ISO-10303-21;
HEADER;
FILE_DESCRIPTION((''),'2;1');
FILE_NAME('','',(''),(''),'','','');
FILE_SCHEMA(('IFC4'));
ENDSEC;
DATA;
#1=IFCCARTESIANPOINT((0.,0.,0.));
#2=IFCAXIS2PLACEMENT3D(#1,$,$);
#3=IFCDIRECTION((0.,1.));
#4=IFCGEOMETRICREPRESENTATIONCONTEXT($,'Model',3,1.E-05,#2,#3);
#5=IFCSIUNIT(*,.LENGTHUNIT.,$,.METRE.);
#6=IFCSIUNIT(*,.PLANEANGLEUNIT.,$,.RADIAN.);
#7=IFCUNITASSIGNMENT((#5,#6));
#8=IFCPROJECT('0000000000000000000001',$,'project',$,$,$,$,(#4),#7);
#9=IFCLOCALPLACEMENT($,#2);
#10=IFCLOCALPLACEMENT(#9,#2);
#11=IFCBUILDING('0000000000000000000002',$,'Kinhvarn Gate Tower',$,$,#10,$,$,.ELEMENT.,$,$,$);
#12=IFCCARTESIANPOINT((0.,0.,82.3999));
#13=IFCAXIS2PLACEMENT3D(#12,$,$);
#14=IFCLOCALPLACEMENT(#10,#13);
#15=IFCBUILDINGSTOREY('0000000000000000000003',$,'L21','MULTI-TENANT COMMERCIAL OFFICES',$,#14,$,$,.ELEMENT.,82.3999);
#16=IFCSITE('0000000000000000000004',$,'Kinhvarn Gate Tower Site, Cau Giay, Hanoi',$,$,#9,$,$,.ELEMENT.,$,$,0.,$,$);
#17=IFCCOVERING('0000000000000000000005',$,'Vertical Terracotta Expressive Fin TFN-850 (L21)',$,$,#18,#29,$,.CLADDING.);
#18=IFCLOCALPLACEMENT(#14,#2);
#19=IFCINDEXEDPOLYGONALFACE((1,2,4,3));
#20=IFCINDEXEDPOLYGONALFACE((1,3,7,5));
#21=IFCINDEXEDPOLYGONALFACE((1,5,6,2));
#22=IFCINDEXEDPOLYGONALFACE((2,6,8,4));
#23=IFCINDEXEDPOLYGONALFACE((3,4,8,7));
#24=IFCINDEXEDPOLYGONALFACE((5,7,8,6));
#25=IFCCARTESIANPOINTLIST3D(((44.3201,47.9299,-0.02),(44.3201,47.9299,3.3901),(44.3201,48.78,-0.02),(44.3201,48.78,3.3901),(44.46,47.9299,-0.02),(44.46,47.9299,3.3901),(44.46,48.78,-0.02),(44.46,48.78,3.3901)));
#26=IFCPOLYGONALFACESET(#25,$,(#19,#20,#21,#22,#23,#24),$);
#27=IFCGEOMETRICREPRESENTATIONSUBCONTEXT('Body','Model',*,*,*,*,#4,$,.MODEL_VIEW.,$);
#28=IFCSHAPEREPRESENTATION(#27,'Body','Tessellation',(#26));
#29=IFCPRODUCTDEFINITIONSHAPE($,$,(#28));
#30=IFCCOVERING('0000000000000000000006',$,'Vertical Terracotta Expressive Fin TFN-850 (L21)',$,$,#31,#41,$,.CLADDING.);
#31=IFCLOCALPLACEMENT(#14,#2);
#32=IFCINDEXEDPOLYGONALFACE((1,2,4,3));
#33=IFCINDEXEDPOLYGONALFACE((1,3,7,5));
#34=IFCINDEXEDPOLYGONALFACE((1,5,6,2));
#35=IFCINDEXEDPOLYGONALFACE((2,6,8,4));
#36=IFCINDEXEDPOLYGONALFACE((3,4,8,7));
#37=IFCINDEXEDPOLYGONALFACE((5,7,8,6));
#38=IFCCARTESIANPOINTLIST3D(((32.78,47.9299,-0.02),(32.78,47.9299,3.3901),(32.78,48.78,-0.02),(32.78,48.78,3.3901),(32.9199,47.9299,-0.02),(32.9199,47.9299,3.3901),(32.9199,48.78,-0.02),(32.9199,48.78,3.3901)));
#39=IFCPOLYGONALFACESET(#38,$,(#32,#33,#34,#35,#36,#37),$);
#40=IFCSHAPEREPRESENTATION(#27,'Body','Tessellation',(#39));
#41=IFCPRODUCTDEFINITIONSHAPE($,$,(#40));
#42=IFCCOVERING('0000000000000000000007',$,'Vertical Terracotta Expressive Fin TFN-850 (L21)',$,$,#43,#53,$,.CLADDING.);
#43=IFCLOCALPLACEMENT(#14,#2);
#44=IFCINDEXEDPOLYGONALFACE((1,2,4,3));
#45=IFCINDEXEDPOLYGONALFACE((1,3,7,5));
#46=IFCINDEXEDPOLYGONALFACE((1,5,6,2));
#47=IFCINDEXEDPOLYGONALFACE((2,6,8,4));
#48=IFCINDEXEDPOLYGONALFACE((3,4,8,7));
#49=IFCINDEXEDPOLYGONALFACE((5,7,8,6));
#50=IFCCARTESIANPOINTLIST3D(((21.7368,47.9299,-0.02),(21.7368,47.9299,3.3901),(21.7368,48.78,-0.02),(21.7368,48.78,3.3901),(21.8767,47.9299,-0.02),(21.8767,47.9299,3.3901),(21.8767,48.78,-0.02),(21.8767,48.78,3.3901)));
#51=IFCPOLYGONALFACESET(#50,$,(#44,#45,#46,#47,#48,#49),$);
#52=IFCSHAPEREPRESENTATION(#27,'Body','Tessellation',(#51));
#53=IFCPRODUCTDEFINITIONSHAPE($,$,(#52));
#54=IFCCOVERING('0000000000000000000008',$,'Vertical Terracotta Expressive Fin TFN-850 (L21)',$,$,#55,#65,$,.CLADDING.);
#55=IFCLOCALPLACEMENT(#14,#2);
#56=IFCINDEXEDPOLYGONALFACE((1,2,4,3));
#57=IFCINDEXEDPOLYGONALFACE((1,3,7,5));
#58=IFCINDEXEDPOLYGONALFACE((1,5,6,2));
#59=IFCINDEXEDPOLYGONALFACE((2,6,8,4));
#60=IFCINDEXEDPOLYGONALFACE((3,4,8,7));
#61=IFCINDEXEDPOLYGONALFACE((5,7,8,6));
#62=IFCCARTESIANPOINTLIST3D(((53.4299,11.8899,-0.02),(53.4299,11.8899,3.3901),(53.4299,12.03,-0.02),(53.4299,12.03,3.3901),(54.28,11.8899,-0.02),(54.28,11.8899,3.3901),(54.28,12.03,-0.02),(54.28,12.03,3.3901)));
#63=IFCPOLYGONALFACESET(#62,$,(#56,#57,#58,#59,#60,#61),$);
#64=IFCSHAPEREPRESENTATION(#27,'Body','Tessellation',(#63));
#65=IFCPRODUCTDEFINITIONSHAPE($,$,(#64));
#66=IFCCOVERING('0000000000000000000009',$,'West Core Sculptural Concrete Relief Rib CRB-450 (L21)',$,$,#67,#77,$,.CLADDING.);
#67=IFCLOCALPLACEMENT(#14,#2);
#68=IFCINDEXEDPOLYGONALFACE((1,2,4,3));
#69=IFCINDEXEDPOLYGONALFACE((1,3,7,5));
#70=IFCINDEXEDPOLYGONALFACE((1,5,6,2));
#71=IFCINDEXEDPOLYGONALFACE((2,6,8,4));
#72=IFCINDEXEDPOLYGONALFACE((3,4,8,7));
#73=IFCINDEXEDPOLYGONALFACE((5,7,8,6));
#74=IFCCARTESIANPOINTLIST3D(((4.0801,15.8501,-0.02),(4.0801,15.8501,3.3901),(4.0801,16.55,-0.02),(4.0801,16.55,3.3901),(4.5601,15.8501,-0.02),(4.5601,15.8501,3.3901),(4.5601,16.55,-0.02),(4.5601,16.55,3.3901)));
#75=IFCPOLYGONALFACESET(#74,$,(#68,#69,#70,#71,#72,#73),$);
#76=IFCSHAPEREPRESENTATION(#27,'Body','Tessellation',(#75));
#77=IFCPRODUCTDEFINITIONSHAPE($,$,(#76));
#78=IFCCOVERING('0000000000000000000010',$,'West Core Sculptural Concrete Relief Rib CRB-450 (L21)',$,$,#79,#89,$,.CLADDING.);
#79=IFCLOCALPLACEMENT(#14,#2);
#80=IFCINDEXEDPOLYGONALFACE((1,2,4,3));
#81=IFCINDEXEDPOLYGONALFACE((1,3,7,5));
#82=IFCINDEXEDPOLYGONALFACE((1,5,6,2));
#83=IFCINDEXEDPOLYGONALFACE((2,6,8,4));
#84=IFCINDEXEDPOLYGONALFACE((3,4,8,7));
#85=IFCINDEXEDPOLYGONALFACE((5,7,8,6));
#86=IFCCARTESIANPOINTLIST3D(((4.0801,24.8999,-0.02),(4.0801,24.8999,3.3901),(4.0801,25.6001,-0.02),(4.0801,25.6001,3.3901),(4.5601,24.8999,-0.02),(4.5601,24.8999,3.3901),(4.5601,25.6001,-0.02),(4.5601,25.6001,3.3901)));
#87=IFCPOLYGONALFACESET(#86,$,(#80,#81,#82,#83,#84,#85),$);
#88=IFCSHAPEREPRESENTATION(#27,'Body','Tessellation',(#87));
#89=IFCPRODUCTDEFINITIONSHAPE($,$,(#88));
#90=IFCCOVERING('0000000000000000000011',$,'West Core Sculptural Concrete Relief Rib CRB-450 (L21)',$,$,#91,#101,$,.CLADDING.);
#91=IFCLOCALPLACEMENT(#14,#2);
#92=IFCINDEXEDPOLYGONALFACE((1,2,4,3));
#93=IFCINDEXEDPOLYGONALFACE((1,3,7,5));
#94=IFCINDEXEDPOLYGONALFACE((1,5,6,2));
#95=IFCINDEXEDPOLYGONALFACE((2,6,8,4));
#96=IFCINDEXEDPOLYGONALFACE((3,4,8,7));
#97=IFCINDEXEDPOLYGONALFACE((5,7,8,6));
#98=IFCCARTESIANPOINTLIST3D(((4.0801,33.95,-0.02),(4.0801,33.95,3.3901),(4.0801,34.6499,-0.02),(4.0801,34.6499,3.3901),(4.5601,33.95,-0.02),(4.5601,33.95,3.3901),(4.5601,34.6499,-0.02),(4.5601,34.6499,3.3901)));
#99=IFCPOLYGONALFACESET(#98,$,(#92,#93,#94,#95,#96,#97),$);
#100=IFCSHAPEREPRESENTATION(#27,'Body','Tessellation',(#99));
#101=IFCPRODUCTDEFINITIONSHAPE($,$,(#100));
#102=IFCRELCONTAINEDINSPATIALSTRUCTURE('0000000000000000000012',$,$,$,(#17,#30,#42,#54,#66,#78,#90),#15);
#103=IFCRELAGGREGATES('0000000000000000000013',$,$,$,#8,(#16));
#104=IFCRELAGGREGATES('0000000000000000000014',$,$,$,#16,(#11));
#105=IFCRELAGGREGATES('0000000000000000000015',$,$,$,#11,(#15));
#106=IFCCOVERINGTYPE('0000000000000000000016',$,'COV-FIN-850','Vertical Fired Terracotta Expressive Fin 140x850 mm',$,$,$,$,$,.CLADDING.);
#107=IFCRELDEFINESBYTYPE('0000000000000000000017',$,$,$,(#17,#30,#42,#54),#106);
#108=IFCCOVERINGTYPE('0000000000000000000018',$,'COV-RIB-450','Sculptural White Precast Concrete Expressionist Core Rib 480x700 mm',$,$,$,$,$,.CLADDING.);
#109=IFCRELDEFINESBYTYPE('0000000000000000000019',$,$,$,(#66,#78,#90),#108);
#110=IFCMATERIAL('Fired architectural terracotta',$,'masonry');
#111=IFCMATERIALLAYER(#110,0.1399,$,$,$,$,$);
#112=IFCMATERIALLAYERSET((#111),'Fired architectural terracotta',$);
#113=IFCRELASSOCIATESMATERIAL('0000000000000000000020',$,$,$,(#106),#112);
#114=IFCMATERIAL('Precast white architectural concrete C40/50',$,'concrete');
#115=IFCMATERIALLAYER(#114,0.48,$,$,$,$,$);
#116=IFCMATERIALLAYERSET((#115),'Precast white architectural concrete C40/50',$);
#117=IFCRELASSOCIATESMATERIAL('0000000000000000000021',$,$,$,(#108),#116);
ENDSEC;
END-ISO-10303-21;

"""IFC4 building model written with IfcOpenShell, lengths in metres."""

from ifc_helpers import new_model, si_unit, direction, frame, origin, place, context, subcontext, project, spatial, polyline, outline, extrude, material, layer, layer_set, type_object, element, save


model = new_model("IFC4")

# Units and contexts
model_context = context("Model", 3, precision=1e-05, world=origin(), true_north=direction((0.0, 1.0)))
body_context = subcontext(model_context, "Body", "Model", "MODEL_VIEW")
ifc_project = project(units=[si_unit("LENGTHUNIT", "METRE"), si_unit("PLANEANGLEUNIT", "RADIAN")], contexts=[model_context])

# Site, building, storey
site_placement = place(None, origin())
site = spatial("IfcSite", under=ifc_project, at=site_placement, Name="Kinhvarn Gate Tower Site, Cau Giay, Hanoi", CompositionType="ELEMENT", RefElevation=0.0)
building_placement = place(site_placement, origin())
building = spatial("IfcBuilding", under=site, at=building_placement, Name="Kinhvarn Gate Tower", CompositionType="ELEMENT")
storey_placement = place(building_placement, frame((0.0, 0.0, 82.3999)))
storey = spatial("IfcBuildingStorey", under=building, at=storey_placement, Name="L21", Description="MULTI-TENANT COMMERCIAL OFFICES", CompositionType="ELEMENT", Elevation=82.3999)

# Shared definitions
ifc_material_1 = material(Name="Precast white architectural concrete C40/50", Category="concrete")

# Coverings
ifc_material_2 = material(Name="Fired architectural terracotta", Category="masonry")
ifc_layer_1 = layer(ifc_material_2, 0.1399)
ifc_layer_set_1 = layer_set([ifc_layer_1], Name="Fired architectural terracotta")
covering_type_1 = type_object("IfcCoveringType", Name="COV-FIN-850", Description="Vertical Fired Terracotta Expressive Fin 140x850 mm", PredefinedType="CLADDING", material=ifc_layer_set_1)
covering_1_placement = place(storey_placement, frame((0.0, 0.0, -0.02)))
element("IfcCovering", 1, at=covering_1_placement, inside=storey, type_object=covering_type_1, Name="Vertical Terracotta Expressive Fin TFN-850 (L21)", PredefinedType="CLADDING", context=body_context, shape_type="SweptSolid", body=[
    extrude(outline(polyline([(44.46, 47.9299), (44.3201, 47.9299), (44.3201, 48.78), (44.46, 48.78), (44.46, 47.9299)])), origin(), (0.0, 0.0, 1.0), 3.4102),
])
covering_2_placement = place(storey_placement, frame((0.0, 0.0, -0.02)))
element("IfcCovering", 2, at=covering_2_placement, inside=storey, type_object=covering_type_1, Name="Vertical Terracotta Expressive Fin TFN-850 (L21)", PredefinedType="CLADDING", context=body_context, shape_type="SweptSolid", body=[
    extrude(outline(polyline([(32.9199, 47.9299), (32.78, 47.9299), (32.78, 48.78), (32.9199, 48.78), (32.9199, 47.9299)])), origin(), (0.0, 0.0, 1.0), 3.4102),
])
covering_3_placement = place(storey_placement, frame((0.0, 0.0, -0.02)))
element("IfcCovering", 3, at=covering_3_placement, inside=storey, type_object=covering_type_1, Name="Vertical Terracotta Expressive Fin TFN-850 (L21)", PredefinedType="CLADDING", context=body_context, shape_type="SweptSolid", body=[
    extrude(outline(polyline([(21.8767, 47.9299), (21.7368, 47.9299), (21.7368, 48.78), (21.8767, 48.78), (21.8767, 47.9299)])), origin(), (0.0, 0.0, 1.0), 3.4102),
])
covering_4_placement = place(storey_placement, frame((0.0, 0.0, -0.02)))
element("IfcCovering", 4, at=covering_4_placement, inside=storey, type_object=covering_type_1, Name="Vertical Terracotta Expressive Fin TFN-850 (L21)", PredefinedType="CLADDING", context=body_context, shape_type="SweptSolid", body=[
    extrude(outline(polyline([(53.4299, 11.8899), (53.4299, 12.03), (54.28, 12.03), (54.28, 11.8899), (53.4299, 11.8899)])), origin(), (0.0, 0.0, 1.0), 3.4102),
])
ifc_layer_2 = layer(ifc_material_1, 0.48)
ifc_layer_set_2 = layer_set([ifc_layer_2], Name="Precast white architectural concrete C40/50")
covering_type_2 = type_object("IfcCoveringType", Name="COV-RIB-450", Description="Sculptural White Precast Concrete Expressionist Core Rib 480x700 mm", PredefinedType="CLADDING", material=ifc_layer_set_2)
covering_5_placement = place(storey_placement, frame((0.0, 0.0, -0.02)))
element("IfcCovering", 5, at=covering_5_placement, inside=storey, type_object=covering_type_2, Name="West Core Sculptural Concrete Relief Rib CRB-450 (L21)", PredefinedType="CLADDING", context=body_context, shape_type="SweptSolid", body=[
    extrude(outline(polyline([(4.0801, 15.8501), (4.5601, 15.8501), (4.5601, 16.55), (4.0801, 16.55), (4.0801, 15.8501)])), origin(), (0.0, 0.0, 1.0), 3.4102),
])
covering_6_placement = place(storey_placement, frame((0.0, 0.0, -0.02)))
element("IfcCovering", 6, at=covering_6_placement, inside=storey, type_object=covering_type_2, Name="West Core Sculptural Concrete Relief Rib CRB-450 (L21)", PredefinedType="CLADDING", context=body_context, shape_type="SweptSolid", body=[
    extrude(outline(polyline([(4.0801, 24.8999), (4.5601, 24.8999), (4.5601, 25.6001), (4.0801, 25.6001), (4.0801, 24.8999)])), origin(), (0.0, 0.0, 1.0), 3.4102),
])
covering_7_placement = place(storey_placement, frame((0.0, 0.0, -0.02)))
element("IfcCovering", 7, at=covering_7_placement, inside=storey, type_object=covering_type_2, Name="West Core Sculptural Concrete Relief Rib CRB-450 (L21)", PredefinedType="CLADDING", context=body_context, shape_type="SweptSolid", body=[
    extrude(outline(polyline([(4.0801, 33.95), (4.5601, 33.95), (4.5601, 34.6499), (4.0801, 34.6499), (4.0801, 33.95)])), origin(), (0.0, 0.0, 1.0), 3.4102),
])

save(model, "model.ifc")
